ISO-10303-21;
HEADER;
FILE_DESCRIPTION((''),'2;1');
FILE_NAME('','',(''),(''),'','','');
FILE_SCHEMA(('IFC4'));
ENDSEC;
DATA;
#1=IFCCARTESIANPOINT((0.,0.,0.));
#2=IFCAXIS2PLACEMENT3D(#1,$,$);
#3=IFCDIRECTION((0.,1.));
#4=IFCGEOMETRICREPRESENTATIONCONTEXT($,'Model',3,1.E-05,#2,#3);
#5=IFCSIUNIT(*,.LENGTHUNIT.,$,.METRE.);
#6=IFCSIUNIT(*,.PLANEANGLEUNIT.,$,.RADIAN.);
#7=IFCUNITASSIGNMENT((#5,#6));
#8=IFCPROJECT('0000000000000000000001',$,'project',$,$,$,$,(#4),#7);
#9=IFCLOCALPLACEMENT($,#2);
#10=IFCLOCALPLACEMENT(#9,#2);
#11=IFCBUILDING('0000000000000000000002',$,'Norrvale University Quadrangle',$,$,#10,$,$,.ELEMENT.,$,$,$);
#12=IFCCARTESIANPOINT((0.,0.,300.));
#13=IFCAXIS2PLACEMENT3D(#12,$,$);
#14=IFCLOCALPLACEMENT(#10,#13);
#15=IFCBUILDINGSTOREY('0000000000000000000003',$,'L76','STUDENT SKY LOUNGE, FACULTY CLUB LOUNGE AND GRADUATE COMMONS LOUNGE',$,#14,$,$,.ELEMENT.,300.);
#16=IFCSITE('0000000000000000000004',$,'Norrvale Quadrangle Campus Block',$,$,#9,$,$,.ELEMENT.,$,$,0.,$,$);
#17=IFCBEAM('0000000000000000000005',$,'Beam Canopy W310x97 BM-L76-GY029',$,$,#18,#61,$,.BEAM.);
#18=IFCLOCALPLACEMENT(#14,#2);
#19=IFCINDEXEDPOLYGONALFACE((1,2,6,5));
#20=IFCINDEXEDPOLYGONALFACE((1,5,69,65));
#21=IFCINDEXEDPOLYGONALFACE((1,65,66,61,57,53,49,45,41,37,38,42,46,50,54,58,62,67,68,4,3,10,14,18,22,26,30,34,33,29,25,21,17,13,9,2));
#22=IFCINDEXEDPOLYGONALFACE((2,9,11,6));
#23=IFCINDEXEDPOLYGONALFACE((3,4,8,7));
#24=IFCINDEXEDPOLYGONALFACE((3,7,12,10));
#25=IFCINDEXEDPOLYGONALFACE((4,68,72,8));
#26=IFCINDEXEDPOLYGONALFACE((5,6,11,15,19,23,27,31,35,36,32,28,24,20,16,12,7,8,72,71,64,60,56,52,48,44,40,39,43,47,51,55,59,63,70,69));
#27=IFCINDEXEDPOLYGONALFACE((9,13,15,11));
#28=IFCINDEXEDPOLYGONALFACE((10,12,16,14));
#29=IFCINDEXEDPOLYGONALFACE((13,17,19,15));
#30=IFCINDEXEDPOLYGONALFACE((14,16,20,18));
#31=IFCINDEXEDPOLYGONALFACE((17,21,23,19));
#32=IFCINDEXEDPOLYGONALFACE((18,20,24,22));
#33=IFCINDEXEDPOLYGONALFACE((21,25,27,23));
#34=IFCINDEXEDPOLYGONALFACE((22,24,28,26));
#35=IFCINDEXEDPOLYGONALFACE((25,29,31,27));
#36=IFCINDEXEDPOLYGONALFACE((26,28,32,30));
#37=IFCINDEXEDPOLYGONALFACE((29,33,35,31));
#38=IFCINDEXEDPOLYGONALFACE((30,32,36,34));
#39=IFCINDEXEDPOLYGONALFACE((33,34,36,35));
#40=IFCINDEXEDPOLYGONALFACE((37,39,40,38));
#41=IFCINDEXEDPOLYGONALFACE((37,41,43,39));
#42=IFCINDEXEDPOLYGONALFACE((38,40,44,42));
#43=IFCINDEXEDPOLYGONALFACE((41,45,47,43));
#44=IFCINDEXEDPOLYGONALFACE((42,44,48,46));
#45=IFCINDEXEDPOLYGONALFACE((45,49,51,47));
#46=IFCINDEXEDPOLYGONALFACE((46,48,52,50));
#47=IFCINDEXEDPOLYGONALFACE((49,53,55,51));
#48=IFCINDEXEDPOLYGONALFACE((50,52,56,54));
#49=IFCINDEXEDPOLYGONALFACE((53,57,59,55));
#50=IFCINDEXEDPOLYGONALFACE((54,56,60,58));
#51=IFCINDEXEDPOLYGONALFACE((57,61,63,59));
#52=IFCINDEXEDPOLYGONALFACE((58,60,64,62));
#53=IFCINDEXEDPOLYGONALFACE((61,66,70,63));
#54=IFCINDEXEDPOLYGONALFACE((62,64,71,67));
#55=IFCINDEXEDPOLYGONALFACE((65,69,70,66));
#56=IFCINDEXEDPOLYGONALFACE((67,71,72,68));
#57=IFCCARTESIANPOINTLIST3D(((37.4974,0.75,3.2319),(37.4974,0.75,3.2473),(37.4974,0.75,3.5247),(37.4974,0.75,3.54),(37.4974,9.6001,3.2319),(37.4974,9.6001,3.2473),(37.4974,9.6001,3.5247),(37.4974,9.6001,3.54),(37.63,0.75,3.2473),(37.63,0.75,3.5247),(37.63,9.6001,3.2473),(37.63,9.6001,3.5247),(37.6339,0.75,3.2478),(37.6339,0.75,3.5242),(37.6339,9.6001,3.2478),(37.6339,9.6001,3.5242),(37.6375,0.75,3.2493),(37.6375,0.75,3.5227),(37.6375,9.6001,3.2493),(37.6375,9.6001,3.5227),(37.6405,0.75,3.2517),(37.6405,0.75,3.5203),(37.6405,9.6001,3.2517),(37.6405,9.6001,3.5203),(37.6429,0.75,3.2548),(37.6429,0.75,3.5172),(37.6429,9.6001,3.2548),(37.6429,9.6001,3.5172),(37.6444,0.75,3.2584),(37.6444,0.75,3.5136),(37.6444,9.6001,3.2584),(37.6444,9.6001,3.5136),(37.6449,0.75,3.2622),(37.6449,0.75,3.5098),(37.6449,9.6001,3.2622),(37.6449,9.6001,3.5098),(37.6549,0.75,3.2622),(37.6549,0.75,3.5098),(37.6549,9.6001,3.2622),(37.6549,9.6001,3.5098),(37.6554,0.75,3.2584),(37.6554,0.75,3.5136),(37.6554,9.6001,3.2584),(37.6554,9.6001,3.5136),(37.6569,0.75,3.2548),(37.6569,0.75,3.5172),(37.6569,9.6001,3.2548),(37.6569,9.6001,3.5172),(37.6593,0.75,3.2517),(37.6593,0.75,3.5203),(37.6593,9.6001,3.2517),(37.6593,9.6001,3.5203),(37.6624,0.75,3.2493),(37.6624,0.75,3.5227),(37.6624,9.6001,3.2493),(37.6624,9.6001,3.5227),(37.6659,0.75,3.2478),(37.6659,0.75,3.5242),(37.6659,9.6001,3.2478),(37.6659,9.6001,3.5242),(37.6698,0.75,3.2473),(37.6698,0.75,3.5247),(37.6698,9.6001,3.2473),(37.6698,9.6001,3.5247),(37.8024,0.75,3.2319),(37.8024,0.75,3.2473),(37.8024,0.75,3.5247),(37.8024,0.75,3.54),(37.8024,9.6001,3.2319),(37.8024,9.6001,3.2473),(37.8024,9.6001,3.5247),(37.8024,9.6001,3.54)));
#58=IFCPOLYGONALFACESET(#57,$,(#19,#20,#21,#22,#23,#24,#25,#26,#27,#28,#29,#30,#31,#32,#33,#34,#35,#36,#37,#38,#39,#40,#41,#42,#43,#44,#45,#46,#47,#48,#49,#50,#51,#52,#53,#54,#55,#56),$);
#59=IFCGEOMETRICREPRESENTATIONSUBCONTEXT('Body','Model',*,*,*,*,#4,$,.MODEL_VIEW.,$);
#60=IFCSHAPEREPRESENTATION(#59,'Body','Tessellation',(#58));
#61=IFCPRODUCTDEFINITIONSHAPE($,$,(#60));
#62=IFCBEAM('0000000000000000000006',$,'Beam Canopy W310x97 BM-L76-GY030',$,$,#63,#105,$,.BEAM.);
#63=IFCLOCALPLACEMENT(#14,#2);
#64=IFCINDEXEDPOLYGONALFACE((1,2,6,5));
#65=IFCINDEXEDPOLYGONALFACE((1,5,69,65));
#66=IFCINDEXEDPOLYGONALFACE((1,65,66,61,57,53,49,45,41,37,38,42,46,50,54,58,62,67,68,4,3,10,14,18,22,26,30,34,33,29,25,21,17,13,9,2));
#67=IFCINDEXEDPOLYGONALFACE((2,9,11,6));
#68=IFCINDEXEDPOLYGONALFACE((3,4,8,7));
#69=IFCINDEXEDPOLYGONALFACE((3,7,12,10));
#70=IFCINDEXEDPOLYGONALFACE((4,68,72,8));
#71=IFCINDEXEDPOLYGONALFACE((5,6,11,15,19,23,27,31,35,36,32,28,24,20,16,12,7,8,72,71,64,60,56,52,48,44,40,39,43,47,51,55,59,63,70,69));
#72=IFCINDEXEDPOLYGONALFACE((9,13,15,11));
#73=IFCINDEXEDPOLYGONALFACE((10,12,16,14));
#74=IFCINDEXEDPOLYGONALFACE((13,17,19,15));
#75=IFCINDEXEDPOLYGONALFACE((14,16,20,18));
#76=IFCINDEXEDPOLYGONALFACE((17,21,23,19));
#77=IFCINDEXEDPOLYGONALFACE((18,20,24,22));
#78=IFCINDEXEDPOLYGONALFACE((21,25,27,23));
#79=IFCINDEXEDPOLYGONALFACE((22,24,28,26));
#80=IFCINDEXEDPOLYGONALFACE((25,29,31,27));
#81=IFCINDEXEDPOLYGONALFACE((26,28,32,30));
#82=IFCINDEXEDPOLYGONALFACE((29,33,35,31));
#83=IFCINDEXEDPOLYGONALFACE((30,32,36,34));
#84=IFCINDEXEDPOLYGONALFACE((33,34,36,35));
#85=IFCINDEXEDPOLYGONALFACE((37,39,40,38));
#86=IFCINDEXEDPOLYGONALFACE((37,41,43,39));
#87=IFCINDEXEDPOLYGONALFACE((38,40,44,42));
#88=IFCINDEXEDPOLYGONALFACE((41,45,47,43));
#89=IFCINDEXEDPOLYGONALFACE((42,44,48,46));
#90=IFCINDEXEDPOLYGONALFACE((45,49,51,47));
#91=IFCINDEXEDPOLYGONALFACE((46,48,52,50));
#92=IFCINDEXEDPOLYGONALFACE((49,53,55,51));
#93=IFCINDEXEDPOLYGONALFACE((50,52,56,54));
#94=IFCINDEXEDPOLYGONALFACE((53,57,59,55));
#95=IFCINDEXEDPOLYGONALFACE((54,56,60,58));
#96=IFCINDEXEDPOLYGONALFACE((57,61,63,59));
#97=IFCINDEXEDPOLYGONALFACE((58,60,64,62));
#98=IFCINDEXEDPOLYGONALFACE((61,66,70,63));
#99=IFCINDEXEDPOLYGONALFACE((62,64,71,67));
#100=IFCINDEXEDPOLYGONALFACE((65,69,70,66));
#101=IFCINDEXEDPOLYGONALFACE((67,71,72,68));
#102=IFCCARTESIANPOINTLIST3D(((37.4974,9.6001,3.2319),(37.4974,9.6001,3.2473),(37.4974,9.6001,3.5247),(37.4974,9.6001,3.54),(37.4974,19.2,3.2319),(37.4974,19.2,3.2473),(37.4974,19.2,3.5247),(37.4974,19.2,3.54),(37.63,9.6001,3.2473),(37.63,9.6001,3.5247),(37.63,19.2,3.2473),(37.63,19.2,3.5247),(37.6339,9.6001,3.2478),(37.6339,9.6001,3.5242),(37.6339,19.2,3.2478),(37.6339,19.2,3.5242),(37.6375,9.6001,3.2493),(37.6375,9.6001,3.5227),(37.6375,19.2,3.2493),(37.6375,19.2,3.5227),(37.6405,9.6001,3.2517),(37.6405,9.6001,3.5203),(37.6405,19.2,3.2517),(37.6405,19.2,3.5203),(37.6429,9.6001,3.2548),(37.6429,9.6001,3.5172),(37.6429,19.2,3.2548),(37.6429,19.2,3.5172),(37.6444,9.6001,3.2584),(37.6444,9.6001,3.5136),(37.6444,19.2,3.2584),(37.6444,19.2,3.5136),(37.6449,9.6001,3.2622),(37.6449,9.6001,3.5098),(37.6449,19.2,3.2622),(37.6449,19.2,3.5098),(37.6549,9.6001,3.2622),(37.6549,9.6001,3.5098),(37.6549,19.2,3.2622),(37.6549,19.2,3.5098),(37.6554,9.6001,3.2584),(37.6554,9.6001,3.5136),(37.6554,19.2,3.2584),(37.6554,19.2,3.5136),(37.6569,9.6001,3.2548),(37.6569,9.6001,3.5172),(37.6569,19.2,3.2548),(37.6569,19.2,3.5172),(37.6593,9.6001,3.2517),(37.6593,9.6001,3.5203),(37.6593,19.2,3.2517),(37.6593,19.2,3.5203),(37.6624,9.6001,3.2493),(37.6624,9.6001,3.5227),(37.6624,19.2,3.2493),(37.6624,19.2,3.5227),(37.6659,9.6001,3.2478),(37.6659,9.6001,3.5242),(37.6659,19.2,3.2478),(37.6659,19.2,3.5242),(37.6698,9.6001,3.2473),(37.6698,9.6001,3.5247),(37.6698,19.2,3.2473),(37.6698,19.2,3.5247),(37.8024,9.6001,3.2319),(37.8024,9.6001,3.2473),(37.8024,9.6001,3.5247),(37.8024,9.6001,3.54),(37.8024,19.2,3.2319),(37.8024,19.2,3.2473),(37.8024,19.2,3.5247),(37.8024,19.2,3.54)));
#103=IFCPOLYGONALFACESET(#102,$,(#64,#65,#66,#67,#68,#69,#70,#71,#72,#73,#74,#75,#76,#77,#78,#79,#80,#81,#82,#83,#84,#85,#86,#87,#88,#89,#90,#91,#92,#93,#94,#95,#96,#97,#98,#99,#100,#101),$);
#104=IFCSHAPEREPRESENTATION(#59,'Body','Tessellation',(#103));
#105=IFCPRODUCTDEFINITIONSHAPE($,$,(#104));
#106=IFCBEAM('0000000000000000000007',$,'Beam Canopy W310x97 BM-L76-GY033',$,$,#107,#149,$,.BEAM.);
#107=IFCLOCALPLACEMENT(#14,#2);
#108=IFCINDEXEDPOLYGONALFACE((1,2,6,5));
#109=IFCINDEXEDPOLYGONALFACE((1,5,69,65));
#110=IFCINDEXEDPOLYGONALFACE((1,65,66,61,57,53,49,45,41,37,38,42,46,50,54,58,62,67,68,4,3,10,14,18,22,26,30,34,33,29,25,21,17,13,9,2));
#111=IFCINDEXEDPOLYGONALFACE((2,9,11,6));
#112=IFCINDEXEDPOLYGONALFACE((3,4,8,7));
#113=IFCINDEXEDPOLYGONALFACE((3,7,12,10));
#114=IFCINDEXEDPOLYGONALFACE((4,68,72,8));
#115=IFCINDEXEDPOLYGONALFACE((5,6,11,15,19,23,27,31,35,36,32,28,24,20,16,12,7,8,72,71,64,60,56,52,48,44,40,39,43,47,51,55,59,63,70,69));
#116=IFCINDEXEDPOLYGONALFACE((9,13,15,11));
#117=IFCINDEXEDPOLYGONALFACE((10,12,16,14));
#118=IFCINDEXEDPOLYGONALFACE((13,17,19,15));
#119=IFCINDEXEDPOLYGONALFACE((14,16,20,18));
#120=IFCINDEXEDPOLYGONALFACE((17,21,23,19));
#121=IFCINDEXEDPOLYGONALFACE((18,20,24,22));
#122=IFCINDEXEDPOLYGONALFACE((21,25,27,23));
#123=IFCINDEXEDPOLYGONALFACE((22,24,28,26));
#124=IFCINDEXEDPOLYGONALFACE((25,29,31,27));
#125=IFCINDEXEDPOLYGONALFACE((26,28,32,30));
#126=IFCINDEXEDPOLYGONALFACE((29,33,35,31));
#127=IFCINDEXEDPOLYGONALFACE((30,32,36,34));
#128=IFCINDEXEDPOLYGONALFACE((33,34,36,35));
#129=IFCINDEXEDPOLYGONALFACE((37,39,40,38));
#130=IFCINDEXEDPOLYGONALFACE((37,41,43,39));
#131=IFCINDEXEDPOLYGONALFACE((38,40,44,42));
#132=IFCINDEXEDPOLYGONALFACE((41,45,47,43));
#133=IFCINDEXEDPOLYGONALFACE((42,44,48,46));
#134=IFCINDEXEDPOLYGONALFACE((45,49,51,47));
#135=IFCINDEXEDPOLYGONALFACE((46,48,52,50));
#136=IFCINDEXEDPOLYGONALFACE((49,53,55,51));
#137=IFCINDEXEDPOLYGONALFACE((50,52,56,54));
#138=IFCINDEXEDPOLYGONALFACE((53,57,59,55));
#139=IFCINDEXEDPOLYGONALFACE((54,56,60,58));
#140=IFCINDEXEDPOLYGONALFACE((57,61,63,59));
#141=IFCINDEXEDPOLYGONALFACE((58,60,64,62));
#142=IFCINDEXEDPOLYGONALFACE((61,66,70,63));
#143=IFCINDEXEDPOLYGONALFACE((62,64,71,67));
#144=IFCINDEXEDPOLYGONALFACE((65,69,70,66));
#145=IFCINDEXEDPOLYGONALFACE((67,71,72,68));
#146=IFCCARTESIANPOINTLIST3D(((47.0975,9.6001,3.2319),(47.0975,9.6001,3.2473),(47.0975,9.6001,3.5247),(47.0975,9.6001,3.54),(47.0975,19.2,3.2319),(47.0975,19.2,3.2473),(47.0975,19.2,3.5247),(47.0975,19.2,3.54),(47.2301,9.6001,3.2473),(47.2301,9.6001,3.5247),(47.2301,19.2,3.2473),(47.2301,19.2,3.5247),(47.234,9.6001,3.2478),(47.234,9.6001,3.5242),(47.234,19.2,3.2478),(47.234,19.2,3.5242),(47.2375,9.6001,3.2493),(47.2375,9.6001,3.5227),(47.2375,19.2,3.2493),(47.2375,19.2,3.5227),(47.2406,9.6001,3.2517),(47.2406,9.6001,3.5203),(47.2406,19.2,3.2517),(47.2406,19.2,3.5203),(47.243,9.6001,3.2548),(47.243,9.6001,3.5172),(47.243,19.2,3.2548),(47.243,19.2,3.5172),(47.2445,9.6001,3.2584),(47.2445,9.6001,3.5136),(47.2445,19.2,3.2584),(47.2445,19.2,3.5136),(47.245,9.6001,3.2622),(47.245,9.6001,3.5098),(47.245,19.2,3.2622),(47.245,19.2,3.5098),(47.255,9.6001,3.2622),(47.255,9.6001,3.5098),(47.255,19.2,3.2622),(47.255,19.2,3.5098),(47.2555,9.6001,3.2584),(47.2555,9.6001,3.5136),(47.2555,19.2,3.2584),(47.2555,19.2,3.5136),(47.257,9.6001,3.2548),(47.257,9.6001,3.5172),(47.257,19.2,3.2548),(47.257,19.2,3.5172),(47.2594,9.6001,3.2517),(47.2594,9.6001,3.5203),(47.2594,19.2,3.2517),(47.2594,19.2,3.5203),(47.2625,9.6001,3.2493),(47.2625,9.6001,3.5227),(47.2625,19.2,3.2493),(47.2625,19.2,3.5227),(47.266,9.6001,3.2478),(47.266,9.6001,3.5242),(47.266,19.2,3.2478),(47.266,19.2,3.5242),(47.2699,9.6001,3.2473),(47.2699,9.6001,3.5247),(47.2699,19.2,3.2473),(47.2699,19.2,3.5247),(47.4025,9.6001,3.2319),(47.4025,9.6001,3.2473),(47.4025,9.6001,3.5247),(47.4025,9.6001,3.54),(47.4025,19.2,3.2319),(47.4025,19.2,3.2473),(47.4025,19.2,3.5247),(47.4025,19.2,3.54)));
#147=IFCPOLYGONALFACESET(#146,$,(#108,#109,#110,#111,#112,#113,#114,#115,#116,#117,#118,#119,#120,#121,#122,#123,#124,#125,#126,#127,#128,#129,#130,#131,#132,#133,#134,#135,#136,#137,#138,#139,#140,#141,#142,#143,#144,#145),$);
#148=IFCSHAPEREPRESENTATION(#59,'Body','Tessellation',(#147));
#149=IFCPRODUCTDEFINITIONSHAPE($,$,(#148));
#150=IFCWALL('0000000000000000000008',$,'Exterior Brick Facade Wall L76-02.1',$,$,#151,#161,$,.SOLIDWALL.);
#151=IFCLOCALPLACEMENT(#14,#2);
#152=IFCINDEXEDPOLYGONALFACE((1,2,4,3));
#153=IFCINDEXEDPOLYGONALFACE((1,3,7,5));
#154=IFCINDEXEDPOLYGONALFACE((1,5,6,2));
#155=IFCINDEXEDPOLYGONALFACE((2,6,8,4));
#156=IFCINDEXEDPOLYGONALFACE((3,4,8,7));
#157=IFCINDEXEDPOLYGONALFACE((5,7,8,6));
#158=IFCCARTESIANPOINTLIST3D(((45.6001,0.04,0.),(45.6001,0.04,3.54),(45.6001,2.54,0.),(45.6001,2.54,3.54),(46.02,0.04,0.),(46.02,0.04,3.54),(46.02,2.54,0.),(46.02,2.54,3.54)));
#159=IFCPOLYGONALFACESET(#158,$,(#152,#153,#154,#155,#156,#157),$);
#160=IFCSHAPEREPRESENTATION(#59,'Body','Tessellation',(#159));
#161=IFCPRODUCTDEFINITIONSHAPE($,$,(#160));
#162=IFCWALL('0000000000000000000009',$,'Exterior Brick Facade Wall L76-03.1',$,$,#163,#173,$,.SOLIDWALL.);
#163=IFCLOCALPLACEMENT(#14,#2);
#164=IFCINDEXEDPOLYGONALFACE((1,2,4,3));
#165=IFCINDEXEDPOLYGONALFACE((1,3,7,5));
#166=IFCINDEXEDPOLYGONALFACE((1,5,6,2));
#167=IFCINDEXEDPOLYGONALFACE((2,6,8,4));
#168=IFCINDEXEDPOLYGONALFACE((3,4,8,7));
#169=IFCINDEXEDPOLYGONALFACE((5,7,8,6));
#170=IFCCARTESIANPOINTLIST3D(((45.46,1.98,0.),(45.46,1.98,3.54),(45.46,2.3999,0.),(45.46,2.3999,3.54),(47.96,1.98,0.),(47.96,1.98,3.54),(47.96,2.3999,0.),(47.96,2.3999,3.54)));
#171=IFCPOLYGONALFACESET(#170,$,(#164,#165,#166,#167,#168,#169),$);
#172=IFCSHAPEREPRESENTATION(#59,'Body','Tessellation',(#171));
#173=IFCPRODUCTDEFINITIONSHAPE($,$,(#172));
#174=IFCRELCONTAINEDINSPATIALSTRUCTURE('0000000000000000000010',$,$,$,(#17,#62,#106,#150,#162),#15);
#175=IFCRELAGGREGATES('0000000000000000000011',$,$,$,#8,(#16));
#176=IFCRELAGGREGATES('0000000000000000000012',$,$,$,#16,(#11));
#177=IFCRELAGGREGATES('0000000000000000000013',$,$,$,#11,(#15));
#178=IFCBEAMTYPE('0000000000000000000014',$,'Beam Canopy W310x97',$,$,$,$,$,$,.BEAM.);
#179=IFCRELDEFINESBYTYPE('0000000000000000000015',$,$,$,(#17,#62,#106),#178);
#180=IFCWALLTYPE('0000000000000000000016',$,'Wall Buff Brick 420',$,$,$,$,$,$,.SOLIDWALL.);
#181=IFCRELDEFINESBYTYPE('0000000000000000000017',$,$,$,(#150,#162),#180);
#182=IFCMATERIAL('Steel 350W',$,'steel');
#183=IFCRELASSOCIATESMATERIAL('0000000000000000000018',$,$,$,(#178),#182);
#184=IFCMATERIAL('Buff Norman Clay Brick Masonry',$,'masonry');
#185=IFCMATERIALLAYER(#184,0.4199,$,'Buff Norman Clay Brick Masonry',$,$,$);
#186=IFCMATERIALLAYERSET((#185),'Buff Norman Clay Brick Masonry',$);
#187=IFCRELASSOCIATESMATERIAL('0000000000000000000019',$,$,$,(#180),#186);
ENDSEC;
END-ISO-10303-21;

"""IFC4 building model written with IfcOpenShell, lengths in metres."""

from ifc_helpers import new_model, si_unit, direction, frame, frame_2d, origin, origin_2d, place, context, subcontext, project, spatial, rectangle, i_section, extrude, material, layer, layer_set, material_profile, profile_set, type_object, element, save


model = new_model("IFC4")

# Units and contexts
model_context = context("Model", 3, precision=1e-05, world=origin(), true_north=direction((0.0, 1.0)))
body_context = subcontext(model_context, "Body", "Model", "MODEL_VIEW")
ifc_project = project(units=[si_unit("LENGTHUNIT", "METRE"), si_unit("PLANEANGLEUNIT", "RADIAN")], contexts=[model_context])

# Site, building, storey
site_placement = place(None, origin())
site = spatial("IfcSite", under=ifc_project, at=site_placement, Name="Norrvale Quadrangle Campus Block", CompositionType="ELEMENT", RefElevation=0.0)
building_placement = place(site_placement, origin())
building = spatial("IfcBuilding", under=site, at=building_placement, Name="Norrvale University Quadrangle", CompositionType="ELEMENT")
storey_placement = place(building_placement, frame((0.0, 0.0, 300.0)))
storey = spatial("IfcBuildingStorey", under=building, at=storey_placement, Name="L76", Description="STUDENT SKY LOUNGE, FACULTY CLUB LOUNGE AND GRADUATE COMMONS LOUNGE", CompositionType="ELEMENT", Elevation=300.0)

# Beams
ifc_material_1 = material(Name="Steel 350W", Category="steel")
ifc_material_profile_1 = material_profile(ifc_material_1, i_section(OverallWidth=0.3049, OverallDepth=0.3081, WebThickness=0.01, FlangeThickness=0.0154, FilletRadius=0.0149, at=origin_2d()), Name="Steel 350W")
ifc_profile_set_1 = profile_set([ifc_material_profile_1], Name="Steel 350W")
beam_type_1 = type_object("IfcBeamType", Name="Beam Canopy W310x97", PredefinedType="BEAM", material=ifc_profile_set_1)
beam_1_placement = place(storey_placement, frame((37.6499, 0.75, 3.386), z_axis=(0.0, 1.0, 0.0), x_axis=(-1.0, 0.0, 0.0)))
element("IfcBeam", 1, at=beam_1_placement, inside=storey, type_object=beam_type_1, Name="Beam Canopy W310x97 BM-L76-GY029", PredefinedType="BEAM", context=body_context, shape_type="SweptSolid", body=[
    extrude(i_section(OverallWidth=0.3049, OverallDepth=0.3081, WebThickness=0.01, FlangeThickness=0.0154, FilletRadius=0.0149, at=origin_2d()), origin(), (0.0, 0.0, 1.0), 8.8501),
])
for number, where, z_axis, x_axis, name in (
    (2, (37.6499, 9.6001, 3.386), (0.0, 1.0, 0.0), (-1.0, 0.0, 0.0), "Beam Canopy W310x97 BM-L76-GY030"),
    (3, (47.25, 9.6001, 3.386), (0.0, 1.0, 0.0), (-1.0, 0.0, 0.0), "Beam Canopy W310x97 BM-L76-GY033"),
):
    element("IfcBeam", number, at=place(storey_placement, frame(where, z_axis=z_axis, x_axis=x_axis)), inside=storey, type_object=beam_type_1, Name=name, PredefinedType="BEAM", context=body_context, shape_type="SweptSolid", body=[
        extrude(i_section(OverallWidth=0.3049, OverallDepth=0.3081, WebThickness=0.01, FlangeThickness=0.0154, FilletRadius=0.0149, at=origin_2d()), origin(), (0.0, 0.0, 1.0), 9.5999),
    ])

# Walls
ifc_material_2 = material(Name="Buff Norman Clay Brick Masonry", Category="masonry")
ifc_layer_1 = layer(ifc_material_2, 0.4199, Name="Buff Norman Clay Brick Masonry")
ifc_layer_set_1 = layer_set([ifc_layer_1], Name="Buff Norman Clay Brick Masonry")
wall_type_1 = type_object("IfcWallType", Name="Wall Buff Brick 420", PredefinedType="SOLIDWALL", material=ifc_layer_set_1)
for number, where, z_axis, x_axis, name in (
    (4, (45.8101, 0.04, 0.0), (0.0, 0.0, 1.0), (0.0, 1.0, 0.0), "Exterior Brick Facade Wall L76-02.1"),
    (5, (45.46, 2.1899, 0.0), (0.0, 0.0, 1.0), (1.0, 0.0, 0.0), "Exterior Brick Facade Wall L76-03.1"),
):
    element("IfcWall", number, at=place(storey_placement, frame(where, z_axis=z_axis, x_axis=x_axis)), inside=storey, type_object=wall_type_1, Name=name, PredefinedType="SOLIDWALL", context=body_context, shape_type="SweptSolid", body=[
        extrude(rectangle(XDim=2.5, YDim=0.4199, at=frame_2d((1.25, 0.0))), origin(), (0.0, 0.0, 1.0), 3.54),
    ])

save(model, "model.ifc")
